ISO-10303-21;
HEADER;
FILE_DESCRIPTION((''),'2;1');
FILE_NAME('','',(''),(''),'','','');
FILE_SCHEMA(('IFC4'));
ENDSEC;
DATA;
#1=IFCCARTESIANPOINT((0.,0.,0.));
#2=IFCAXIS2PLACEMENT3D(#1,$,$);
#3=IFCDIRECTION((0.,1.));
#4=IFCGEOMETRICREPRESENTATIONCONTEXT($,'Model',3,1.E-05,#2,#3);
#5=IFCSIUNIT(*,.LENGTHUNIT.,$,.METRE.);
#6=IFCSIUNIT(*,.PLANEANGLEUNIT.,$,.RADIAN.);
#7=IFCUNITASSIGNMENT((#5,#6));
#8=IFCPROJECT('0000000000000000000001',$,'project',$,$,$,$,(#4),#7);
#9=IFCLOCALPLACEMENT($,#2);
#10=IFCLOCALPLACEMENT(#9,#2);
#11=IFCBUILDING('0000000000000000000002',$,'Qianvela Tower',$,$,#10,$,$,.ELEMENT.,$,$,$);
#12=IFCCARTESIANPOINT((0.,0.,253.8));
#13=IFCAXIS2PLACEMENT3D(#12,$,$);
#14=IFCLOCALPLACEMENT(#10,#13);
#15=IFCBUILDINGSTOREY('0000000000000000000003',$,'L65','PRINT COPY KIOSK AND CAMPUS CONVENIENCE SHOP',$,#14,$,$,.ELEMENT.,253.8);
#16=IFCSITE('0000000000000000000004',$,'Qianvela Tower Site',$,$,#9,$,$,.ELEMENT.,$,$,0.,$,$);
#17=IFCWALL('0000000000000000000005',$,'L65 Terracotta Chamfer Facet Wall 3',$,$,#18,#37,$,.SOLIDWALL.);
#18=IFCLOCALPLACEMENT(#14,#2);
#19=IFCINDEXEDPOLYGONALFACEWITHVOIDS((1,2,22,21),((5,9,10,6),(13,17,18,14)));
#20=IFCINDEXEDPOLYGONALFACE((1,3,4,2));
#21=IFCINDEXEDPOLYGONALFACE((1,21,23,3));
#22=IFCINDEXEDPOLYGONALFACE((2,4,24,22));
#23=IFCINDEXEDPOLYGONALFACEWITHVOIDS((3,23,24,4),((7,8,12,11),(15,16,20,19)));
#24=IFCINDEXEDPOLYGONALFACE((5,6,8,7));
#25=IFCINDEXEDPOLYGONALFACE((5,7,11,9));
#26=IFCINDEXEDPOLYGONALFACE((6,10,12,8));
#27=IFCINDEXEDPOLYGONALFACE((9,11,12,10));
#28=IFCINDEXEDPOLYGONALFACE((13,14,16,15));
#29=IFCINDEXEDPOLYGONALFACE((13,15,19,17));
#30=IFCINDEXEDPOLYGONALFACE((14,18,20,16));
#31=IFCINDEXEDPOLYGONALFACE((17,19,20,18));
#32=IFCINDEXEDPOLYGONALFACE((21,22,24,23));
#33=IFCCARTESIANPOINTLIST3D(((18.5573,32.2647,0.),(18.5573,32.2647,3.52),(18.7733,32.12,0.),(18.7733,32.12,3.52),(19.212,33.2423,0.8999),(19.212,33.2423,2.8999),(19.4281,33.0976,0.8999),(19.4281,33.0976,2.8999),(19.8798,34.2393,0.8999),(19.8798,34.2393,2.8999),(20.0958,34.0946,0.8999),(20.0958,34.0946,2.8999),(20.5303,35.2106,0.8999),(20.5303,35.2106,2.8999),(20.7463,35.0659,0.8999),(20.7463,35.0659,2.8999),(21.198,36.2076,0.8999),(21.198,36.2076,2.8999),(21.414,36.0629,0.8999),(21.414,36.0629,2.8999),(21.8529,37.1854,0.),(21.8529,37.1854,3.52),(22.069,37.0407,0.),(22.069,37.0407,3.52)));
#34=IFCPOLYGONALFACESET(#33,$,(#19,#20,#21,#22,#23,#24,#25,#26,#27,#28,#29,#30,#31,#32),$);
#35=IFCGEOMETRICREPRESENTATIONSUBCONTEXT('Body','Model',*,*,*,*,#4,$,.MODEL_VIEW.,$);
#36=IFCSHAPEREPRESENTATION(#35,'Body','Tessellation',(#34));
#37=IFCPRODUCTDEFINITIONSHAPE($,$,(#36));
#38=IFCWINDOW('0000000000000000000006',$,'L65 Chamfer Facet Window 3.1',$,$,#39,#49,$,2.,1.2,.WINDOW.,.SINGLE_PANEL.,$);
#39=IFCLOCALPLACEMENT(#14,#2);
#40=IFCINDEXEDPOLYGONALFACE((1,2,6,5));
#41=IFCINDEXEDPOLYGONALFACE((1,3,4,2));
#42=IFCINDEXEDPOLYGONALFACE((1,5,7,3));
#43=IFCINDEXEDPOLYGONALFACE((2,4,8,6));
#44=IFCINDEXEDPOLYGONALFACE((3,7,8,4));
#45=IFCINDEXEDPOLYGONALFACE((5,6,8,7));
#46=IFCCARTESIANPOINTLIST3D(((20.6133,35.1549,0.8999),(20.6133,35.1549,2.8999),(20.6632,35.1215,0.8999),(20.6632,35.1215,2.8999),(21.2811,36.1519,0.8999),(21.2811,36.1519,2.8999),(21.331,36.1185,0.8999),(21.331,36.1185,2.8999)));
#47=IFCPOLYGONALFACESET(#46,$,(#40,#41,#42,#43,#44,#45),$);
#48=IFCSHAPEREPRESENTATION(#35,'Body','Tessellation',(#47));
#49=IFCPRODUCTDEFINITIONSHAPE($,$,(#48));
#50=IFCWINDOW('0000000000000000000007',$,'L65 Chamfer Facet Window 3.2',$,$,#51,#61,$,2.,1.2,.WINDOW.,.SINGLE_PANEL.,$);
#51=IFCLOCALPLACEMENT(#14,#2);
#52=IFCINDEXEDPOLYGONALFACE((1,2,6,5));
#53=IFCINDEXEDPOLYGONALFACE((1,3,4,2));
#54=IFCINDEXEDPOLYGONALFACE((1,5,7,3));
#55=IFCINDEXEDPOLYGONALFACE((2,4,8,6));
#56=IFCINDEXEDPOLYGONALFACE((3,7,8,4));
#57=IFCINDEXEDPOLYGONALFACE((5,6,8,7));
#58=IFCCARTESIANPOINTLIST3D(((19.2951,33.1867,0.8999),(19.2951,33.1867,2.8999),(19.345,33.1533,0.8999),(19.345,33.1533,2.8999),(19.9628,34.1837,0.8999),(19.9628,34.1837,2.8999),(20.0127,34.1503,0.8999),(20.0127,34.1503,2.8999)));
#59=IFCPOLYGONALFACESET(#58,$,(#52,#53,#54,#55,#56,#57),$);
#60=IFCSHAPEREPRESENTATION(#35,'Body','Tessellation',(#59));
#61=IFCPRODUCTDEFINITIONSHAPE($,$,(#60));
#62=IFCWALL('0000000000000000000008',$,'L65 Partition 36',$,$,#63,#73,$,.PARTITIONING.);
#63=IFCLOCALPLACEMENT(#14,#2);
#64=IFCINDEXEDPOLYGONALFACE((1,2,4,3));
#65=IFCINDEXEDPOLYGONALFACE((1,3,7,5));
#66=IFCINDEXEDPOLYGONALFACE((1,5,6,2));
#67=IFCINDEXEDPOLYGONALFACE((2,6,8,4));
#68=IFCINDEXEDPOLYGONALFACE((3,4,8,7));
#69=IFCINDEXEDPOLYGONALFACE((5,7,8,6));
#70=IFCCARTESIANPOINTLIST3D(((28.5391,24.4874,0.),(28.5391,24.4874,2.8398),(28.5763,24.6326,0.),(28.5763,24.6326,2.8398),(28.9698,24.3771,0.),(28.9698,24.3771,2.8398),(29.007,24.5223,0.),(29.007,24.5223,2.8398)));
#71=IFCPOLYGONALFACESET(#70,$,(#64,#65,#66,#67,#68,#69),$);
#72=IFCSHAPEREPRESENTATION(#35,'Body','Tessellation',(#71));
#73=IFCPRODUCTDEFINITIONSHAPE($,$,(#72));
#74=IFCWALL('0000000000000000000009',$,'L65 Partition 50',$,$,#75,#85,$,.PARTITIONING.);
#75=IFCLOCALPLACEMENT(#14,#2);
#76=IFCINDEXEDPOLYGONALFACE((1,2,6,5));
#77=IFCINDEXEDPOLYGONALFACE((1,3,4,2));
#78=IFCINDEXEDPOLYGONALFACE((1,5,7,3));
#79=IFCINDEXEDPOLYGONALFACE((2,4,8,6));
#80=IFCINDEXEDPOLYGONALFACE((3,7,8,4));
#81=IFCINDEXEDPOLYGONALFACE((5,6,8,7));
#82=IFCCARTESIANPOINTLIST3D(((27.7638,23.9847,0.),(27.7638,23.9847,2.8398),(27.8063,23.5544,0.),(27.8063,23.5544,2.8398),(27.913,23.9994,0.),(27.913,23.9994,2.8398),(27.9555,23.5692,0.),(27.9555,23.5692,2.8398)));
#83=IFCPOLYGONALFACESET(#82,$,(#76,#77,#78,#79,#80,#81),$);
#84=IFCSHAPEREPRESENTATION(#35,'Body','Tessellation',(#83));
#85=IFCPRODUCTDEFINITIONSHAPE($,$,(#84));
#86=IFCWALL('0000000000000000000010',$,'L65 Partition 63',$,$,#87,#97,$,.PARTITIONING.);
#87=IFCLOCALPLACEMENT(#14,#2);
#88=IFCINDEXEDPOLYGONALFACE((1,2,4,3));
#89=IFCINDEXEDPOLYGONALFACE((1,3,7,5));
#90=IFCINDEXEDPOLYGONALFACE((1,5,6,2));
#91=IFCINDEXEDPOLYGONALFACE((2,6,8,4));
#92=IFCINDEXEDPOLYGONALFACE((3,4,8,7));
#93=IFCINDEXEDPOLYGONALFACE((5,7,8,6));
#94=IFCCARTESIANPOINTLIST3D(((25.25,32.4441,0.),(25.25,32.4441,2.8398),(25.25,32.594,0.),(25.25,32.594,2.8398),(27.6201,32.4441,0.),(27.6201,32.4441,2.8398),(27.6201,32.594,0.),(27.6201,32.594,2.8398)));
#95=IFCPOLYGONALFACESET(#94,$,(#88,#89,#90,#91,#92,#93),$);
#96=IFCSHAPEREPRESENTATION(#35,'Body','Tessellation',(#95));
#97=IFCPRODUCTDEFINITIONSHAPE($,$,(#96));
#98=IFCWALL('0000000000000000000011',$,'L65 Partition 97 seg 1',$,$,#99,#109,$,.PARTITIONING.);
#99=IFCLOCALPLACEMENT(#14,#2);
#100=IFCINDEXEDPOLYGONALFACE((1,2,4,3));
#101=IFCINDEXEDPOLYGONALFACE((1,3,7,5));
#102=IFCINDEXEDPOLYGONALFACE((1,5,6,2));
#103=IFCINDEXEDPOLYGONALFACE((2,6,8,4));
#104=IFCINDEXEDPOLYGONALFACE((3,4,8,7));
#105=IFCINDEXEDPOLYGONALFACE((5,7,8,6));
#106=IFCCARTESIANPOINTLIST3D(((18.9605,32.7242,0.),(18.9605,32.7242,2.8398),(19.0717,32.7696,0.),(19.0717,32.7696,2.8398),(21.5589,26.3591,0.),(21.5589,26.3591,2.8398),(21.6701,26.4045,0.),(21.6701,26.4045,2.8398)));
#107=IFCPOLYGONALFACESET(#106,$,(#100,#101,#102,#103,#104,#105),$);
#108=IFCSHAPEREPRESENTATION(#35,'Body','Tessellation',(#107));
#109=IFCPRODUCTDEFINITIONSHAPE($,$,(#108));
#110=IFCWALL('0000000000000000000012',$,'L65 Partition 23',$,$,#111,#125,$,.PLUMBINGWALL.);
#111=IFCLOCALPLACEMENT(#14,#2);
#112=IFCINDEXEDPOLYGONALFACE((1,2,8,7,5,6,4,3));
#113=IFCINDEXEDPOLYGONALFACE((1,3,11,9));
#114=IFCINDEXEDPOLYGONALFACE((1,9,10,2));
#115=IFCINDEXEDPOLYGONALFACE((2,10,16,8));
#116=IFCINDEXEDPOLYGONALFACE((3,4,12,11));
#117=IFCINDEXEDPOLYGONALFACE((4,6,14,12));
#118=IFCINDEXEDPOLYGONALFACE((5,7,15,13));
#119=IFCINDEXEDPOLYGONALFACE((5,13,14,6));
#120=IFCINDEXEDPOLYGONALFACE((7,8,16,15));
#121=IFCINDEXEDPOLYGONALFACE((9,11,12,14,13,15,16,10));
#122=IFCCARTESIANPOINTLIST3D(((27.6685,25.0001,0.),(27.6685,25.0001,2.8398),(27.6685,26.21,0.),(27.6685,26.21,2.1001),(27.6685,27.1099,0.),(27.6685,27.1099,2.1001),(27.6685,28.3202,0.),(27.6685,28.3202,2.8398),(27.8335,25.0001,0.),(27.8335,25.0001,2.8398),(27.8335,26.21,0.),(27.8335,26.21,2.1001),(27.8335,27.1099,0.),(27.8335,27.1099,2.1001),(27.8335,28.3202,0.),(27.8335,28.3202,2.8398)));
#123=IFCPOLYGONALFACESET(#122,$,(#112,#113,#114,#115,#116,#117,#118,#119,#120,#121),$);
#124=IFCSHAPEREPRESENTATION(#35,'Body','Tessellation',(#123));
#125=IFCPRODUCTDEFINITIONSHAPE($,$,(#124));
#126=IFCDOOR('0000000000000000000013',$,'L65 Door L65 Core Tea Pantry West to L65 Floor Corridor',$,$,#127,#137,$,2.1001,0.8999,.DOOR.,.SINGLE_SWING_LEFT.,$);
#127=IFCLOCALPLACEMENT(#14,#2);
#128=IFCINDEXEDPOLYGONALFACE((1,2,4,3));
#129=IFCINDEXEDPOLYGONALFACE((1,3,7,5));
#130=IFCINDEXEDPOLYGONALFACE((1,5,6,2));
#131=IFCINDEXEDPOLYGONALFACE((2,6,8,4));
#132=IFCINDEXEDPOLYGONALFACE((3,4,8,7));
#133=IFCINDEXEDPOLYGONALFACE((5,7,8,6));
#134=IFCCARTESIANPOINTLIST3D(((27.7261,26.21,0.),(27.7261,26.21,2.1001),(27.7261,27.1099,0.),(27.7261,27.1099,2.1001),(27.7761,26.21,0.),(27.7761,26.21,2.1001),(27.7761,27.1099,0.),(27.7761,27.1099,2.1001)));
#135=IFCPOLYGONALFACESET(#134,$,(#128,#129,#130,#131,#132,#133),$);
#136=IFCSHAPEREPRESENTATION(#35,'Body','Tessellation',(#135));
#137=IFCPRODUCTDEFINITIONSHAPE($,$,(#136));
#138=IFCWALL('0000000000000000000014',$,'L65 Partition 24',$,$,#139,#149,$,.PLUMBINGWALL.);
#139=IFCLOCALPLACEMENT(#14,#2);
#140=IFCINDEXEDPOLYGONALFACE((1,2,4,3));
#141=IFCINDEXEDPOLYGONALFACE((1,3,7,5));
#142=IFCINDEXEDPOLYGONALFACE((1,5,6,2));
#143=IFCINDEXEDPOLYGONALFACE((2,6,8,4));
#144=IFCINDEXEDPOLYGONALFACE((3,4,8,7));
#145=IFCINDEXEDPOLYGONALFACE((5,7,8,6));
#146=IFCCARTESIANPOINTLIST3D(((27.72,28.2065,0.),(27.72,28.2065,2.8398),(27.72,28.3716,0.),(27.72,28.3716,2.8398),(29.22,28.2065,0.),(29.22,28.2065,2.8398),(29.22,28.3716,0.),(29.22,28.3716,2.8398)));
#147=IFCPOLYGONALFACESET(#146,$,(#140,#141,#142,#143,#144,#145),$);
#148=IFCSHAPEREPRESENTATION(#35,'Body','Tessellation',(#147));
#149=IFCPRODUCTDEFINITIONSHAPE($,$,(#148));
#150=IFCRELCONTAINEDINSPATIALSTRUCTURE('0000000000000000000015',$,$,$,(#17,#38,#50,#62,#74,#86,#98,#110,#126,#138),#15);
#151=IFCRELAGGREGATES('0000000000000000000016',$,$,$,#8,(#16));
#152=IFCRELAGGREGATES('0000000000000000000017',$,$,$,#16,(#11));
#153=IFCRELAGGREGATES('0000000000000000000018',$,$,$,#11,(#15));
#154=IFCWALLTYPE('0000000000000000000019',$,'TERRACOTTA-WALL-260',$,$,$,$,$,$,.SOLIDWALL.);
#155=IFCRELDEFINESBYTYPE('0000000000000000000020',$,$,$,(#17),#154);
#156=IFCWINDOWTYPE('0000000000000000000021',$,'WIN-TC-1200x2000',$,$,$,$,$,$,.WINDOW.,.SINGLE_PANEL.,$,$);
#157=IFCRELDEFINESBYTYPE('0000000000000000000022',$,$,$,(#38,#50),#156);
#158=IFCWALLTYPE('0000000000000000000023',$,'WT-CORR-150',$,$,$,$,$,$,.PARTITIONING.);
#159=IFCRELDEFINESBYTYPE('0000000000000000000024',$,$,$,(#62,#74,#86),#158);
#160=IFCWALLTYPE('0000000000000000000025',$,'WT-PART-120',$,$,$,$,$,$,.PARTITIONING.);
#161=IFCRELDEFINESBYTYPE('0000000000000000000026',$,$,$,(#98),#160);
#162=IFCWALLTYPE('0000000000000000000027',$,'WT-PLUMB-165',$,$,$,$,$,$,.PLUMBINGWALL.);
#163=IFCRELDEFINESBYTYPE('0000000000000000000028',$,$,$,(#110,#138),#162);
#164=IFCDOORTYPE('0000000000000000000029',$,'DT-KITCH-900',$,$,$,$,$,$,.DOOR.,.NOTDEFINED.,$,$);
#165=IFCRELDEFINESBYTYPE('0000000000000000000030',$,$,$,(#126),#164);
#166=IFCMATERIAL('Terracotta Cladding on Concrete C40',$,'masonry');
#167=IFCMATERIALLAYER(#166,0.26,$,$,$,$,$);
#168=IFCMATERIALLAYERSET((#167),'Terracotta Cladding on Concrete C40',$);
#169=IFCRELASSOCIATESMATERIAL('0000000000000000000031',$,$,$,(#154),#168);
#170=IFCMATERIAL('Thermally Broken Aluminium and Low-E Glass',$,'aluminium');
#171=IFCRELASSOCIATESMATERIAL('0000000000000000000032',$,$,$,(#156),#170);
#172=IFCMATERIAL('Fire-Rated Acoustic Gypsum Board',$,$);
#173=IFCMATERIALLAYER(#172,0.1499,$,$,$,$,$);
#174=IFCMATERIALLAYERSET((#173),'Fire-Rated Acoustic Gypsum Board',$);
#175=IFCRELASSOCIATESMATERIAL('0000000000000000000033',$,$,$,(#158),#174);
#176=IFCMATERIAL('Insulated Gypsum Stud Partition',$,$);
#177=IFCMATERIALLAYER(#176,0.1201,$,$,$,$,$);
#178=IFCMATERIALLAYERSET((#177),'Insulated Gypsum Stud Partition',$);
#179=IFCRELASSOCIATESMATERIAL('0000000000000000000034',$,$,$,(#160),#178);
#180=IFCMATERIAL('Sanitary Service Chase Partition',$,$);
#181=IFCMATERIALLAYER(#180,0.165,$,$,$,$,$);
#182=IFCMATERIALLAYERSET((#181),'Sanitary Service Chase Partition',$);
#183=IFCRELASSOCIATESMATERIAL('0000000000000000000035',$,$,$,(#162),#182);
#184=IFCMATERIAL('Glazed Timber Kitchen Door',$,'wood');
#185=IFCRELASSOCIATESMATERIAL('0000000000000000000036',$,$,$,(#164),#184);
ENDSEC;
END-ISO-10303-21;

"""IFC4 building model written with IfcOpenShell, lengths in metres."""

from ifc_helpers import new_model, si_unit, direction, frame, frame_2d, origin, place, context, subcontext, project, spatial, rectangle, extrude, material, layer, layer_set, type_object, element, fill, save


model = new_model("IFC4")

# Units and contexts
model_context = context("Model", 3, precision=1e-05, world=origin(), true_north=direction((0.0, 1.0)))
body_context = subcontext(model_context, "Body", "Model", "MODEL_VIEW")
ifc_project = project(units=[si_unit("LENGTHUNIT", "METRE"), si_unit("PLANEANGLEUNIT", "RADIAN")], contexts=[model_context])

# Site, building, storey
site_placement = place(None, origin())
site = spatial("IfcSite", under=ifc_project, at=site_placement, Name="Qianvela Tower Site", CompositionType="ELEMENT", RefElevation=0.0)
building_placement = place(site_placement, origin())
building = spatial("IfcBuilding", under=site, at=building_placement, Name="Qianvela Tower", CompositionType="ELEMENT")
storey_placement = place(building_placement, frame((0.0, 0.0, 253.8)))
storey = spatial("IfcBuildingStorey", under=building, at=storey_placement, Name="L65", Description="PRINT COPY KIOSK AND CAMPUS CONVENIENCE SHOP", CompositionType="ELEMENT", Elevation=253.8)

# Wall, openings, windows
ifc_material_1 = material(Name="Terracotta Cladding on Concrete C40", Category="masonry")
ifc_layer_1 = layer(ifc_material_1, 0.26)
ifc_layer_set_1 = layer_set([ifc_layer_1], Name="Terracotta Cladding on Concrete C40")
wall_type_1 = type_object("IfcWallType", Name="TERRACOTTA-WALL-260", PredefinedType="SOLIDWALL", material=ifc_layer_set_1)
wall_1_placement = place(storey_placement, frame((21.9609, 37.113, 0.0), z_axis=(0.0, 0.0, 1.0), x_axis=(-0.556478, -0.830862, 0.0)))
wall_1 = element("IfcWall", 1, at=wall_1_placement, inside=storey, type_object=wall_type_1, Name="L65 Terracotta Chamfer Facet Wall 3", PredefinedType="SOLIDWALL", context=body_context, shape_type="SweptSolid", body=[
    extrude(rectangle(XDim=5.9224, YDim=0.26, at=frame_2d((2.9612, 0.0))), origin(), (0.0, 0.0, 1.0), 3.52),
])
opening_1_placement = place(wall_1_placement, frame((1.1768, 0.0, 0.8999)))
opening_1 = element("IfcOpeningElement", 2, at=opening_1_placement, cuts=wall_1, PredefinedType="OPENING", context=body_context, shape_type="SweptSolid", body=[
    extrude(rectangle(XDim=1.2, YDim=2.0, at=frame_2d((0.6001, 1.0))), frame((0.0, 0.1399, 0.0), z_axis=(0.0, -1.0, 0.0), x_axis=(1.0, 0.0, 0.0)), (0.0, 0.0, 1.0), 0.28),
])
opening_2_placement = place(wall_1_placement, frame((3.5457, 0.0, 0.8999)))
opening_2 = element("IfcOpeningElement", 3, at=opening_2_placement, cuts=wall_1, PredefinedType="OPENING", context=body_context, shape_type="SweptSolid", body=[
    extrude(rectangle(XDim=1.2, YDim=2.0, at=frame_2d((0.6001, 1.0))), frame((0.0, 0.1399, 0.0), z_axis=(0.0, -1.0, 0.0), x_axis=(1.0, 0.0, 0.0)), (0.0, 0.0, 1.0), 0.28),
])
ifc_material_2 = material(Name="Thermally Broken Aluminium and Low-E Glass", Category="aluminium")
window_type = type_object("IfcWindowType", Name="WIN-TC-1200x2000", PartitioningType="SINGLE_PANEL", PredefinedType="WINDOW", material=ifc_material_2)
window_1_placement = place(opening_1_placement, origin())
window_1 = element("IfcWindow", 4, at=window_1_placement, inside=storey, type_object=window_type, Name="L65 Chamfer Facet Window 3.1", OverallHeight=2.0, OverallWidth=1.2, PartitioningType="SINGLE_PANEL", PredefinedType="WINDOW", context=body_context, shape_type="SweptSolid", body=[
    extrude(rectangle(XDim=1.2, YDim=2.0, at=frame_2d((0.6001, 1.0))), frame((0.0, 0.03, 0.0), z_axis=(0.0, -1.0, 0.0), x_axis=(1.0, 0.0, 0.0)), (0.0, 0.0, 1.0), 0.0601),
])
fill(opening_1, window_1)
window_2_placement = place(opening_2_placement, origin())
window_2 = element("IfcWindow", 5, at=window_2_placement, inside=storey, type_object=window_type, Name="L65 Chamfer Facet Window 3.2", OverallHeight=2.0, OverallWidth=1.2, PartitioningType="SINGLE_PANEL", PredefinedType="WINDOW", context=body_context, shape_type="SweptSolid", body=[
    extrude(rectangle(XDim=1.2, YDim=2.0, at=frame_2d((0.6001, 1.0))), frame((0.0, 0.03, 0.0), z_axis=(0.0, -1.0, 0.0), x_axis=(1.0, 0.0, 0.0)), (0.0, 0.0, 1.0), 0.0601),
])
fill(opening_2, window_2)

# Walls
ifc_material_3 = material(Name="Fire-Rated Acoustic Gypsum Board")
ifc_layer_2 = layer(ifc_material_3, 0.1499)
ifc_layer_set_2 = layer_set([ifc_layer_2], Name="Fire-Rated Acoustic Gypsum Board")
wall_type_2 = type_object("IfcWallType", Name="WT-CORR-150", PredefinedType="PARTITIONING", material=ifc_layer_set_2)
wall_2_placement = place(storey_placement, frame((28.9883, 24.4497, 0.0), z_axis=(0.0, 0.0, 1.0), x_axis=(-0.968705, 0.248217, 0.0)))
element("IfcWall", 6, at=wall_2_placement, inside=storey, type_object=wall_type_2, Name="L65 Partition 36", PredefinedType="PARTITIONING", context=body_context, shape_type="SweptSolid", body=[
    extrude(rectangle(XDim=0.4446, YDim=0.1499, at=frame_2d((0.2222, 0.0))), origin(), (0.0, 0.0, 1.0), 2.8398),
])
wall_3_placement = place(storey_placement, frame((27.8384, 23.9922, 0.0), z_axis=(0.0, 0.0, 1.0), x_axis=(0.098273, -0.995159, 0.0)))
element("IfcWall", 7, at=wall_3_placement, inside=storey, type_object=wall_type_2, Name="L65 Partition 50", PredefinedType="PARTITIONING", context=body_context, shape_type="SweptSolid", body=[
    extrude(rectangle(XDim=0.4324, YDim=0.1499, at=frame_2d((0.2163, 0.0))), origin(), (0.0, 0.0, 1.0), 2.8398),
])
wall_4_placement = place(storey_placement, frame((25.25, 32.519, 0.0), z_axis=(0.0, 0.0, 1.0), x_axis=(1.0, 0.0, 0.0)))
element("IfcWall", 8, at=wall_4_placement, inside=storey, type_object=wall_type_2, Name="L65 Partition 63", PredefinedType="PARTITIONING", context=body_context, shape_type="SweptSolid", body=[
    extrude(rectangle(XDim=2.3701, YDim=0.1499, at=frame_2d((1.1851, 0.0))), origin(), (0.0, 0.0, 1.0), 2.8398),
])
ifc_material_4 = material(Name="Insulated Gypsum Stud Partition")
ifc_layer_3 = layer(ifc_material_4, 0.1201)
ifc_layer_set_3 = layer_set([ifc_layer_3], Name="Insulated Gypsum Stud Partition")
wall_type_3 = type_object("IfcWallType", Name="WT-PART-120", PredefinedType="PARTITIONING", material=ifc_layer_set_3)
wall_5_placement = place(storey_placement, frame((21.6145, 26.3818, 0.0), z_axis=(0.0, 0.0, 1.0), x_axis=(-0.377951, 0.925826, 0.0)))
element("IfcWall", 9, at=wall_5_placement, inside=storey, type_object=wall_type_3, Name="L65 Partition 97 seg 1", PredefinedType="PARTITIONING", context=body_context, shape_type="SweptSolid", body=[
    extrude(rectangle(XDim=6.875, YDim=0.1201, at=frame_2d((3.4375, 0.0))), origin(), (0.0, 0.0, 1.0), 2.8398),
])

# Wall, opening, door
ifc_material_5 = material(Name="Sanitary Service Chase Partition")
ifc_layer_4 = layer(ifc_material_5, 0.165)
ifc_layer_set_4 = layer_set([ifc_layer_4], Name="Sanitary Service Chase Partition")
wall_type_4 = type_object("IfcWallType", Name="WT-PLUMB-165", PredefinedType="PLUMBINGWALL", material=ifc_layer_set_4)
wall_6_placement = place(storey_placement, frame((27.751, 25.0, 0.0), z_axis=(0.0, 0.0, 1.0), x_axis=(0.0, 1.0, 0.0)))
wall_6 = element("IfcWall", 10, at=wall_6_placement, inside=storey, type_object=wall_type_4, Name="L65 Partition 23", PredefinedType="PLUMBINGWALL", context=body_context, shape_type="SweptSolid", body=[
    extrude(rectangle(XDim=3.3201, YDim=0.165, at=frame_2d((1.6602, 0.0))), origin(), (0.0, 0.0, 1.0), 2.8398),
])
opening_3_placement = place(wall_6_placement, frame((1.21, 0.0, 0.0)))
opening_3 = element("IfcOpeningElement", 11, at=opening_3_placement, cuts=wall_6, PredefinedType="OPENING", context=body_context, shape_type="SweptSolid", body=[
    extrude(rectangle(XDim=0.8999, YDim=2.1001, at=frame_2d((0.45, 1.05))), frame((0.0, 0.0925, 0.0), z_axis=(0.0, -1.0, 0.0), x_axis=(1.0, 0.0, 0.0)), (0.0, 0.0, 1.0), 0.1851),
])
ifc_material_6 = material(Name="Glazed Timber Kitchen Door", Category="wood")
door_type_1 = type_object("IfcDoorType", Name="DT-KITCH-900", OperationType="NOTDEFINED", PredefinedType="DOOR", material=ifc_material_6)
door_1_placement = place(opening_3_placement, origin())
door_1 = element("IfcDoor", 12, at=door_1_placement, inside=storey, type_object=door_type_1, Name="L65 Door L65 Core Tea Pantry West to L65 Floor Corridor", OperationType="SINGLE_SWING_LEFT", OverallHeight=2.1001, OverallWidth=0.8999, PredefinedType="DOOR", context=body_context, shape_type="SweptSolid", body=[
    extrude(rectangle(XDim=0.8999, YDim=2.1001, at=frame_2d((0.45, 1.05))), frame((0.0, 0.0249, 0.0), z_axis=(0.0, -1.0, 0.0), x_axis=(1.0, 0.0, 0.0)), (0.0, 0.0, 1.0), 0.05),
])
fill(opening_3, door_1)

# Wall
wall_7_placement = place(storey_placement, frame((27.72, 28.2891, 0.0), z_axis=(0.0, 0.0, 1.0), x_axis=(1.0, 0.0, 0.0)))
element("IfcWall", 13, at=wall_7_placement, inside=storey, type_object=wall_type_4, Name="L65 Partition 24", PredefinedType="PLUMBINGWALL", context=body_context, shape_type="SweptSolid", body=[
    extrude(rectangle(XDim=1.5, YDim=0.165, at=frame_2d((0.75, 0.0))), origin(), (0.0, 0.0, 1.0), 2.8398),
])

save(model, "model.ifc")
